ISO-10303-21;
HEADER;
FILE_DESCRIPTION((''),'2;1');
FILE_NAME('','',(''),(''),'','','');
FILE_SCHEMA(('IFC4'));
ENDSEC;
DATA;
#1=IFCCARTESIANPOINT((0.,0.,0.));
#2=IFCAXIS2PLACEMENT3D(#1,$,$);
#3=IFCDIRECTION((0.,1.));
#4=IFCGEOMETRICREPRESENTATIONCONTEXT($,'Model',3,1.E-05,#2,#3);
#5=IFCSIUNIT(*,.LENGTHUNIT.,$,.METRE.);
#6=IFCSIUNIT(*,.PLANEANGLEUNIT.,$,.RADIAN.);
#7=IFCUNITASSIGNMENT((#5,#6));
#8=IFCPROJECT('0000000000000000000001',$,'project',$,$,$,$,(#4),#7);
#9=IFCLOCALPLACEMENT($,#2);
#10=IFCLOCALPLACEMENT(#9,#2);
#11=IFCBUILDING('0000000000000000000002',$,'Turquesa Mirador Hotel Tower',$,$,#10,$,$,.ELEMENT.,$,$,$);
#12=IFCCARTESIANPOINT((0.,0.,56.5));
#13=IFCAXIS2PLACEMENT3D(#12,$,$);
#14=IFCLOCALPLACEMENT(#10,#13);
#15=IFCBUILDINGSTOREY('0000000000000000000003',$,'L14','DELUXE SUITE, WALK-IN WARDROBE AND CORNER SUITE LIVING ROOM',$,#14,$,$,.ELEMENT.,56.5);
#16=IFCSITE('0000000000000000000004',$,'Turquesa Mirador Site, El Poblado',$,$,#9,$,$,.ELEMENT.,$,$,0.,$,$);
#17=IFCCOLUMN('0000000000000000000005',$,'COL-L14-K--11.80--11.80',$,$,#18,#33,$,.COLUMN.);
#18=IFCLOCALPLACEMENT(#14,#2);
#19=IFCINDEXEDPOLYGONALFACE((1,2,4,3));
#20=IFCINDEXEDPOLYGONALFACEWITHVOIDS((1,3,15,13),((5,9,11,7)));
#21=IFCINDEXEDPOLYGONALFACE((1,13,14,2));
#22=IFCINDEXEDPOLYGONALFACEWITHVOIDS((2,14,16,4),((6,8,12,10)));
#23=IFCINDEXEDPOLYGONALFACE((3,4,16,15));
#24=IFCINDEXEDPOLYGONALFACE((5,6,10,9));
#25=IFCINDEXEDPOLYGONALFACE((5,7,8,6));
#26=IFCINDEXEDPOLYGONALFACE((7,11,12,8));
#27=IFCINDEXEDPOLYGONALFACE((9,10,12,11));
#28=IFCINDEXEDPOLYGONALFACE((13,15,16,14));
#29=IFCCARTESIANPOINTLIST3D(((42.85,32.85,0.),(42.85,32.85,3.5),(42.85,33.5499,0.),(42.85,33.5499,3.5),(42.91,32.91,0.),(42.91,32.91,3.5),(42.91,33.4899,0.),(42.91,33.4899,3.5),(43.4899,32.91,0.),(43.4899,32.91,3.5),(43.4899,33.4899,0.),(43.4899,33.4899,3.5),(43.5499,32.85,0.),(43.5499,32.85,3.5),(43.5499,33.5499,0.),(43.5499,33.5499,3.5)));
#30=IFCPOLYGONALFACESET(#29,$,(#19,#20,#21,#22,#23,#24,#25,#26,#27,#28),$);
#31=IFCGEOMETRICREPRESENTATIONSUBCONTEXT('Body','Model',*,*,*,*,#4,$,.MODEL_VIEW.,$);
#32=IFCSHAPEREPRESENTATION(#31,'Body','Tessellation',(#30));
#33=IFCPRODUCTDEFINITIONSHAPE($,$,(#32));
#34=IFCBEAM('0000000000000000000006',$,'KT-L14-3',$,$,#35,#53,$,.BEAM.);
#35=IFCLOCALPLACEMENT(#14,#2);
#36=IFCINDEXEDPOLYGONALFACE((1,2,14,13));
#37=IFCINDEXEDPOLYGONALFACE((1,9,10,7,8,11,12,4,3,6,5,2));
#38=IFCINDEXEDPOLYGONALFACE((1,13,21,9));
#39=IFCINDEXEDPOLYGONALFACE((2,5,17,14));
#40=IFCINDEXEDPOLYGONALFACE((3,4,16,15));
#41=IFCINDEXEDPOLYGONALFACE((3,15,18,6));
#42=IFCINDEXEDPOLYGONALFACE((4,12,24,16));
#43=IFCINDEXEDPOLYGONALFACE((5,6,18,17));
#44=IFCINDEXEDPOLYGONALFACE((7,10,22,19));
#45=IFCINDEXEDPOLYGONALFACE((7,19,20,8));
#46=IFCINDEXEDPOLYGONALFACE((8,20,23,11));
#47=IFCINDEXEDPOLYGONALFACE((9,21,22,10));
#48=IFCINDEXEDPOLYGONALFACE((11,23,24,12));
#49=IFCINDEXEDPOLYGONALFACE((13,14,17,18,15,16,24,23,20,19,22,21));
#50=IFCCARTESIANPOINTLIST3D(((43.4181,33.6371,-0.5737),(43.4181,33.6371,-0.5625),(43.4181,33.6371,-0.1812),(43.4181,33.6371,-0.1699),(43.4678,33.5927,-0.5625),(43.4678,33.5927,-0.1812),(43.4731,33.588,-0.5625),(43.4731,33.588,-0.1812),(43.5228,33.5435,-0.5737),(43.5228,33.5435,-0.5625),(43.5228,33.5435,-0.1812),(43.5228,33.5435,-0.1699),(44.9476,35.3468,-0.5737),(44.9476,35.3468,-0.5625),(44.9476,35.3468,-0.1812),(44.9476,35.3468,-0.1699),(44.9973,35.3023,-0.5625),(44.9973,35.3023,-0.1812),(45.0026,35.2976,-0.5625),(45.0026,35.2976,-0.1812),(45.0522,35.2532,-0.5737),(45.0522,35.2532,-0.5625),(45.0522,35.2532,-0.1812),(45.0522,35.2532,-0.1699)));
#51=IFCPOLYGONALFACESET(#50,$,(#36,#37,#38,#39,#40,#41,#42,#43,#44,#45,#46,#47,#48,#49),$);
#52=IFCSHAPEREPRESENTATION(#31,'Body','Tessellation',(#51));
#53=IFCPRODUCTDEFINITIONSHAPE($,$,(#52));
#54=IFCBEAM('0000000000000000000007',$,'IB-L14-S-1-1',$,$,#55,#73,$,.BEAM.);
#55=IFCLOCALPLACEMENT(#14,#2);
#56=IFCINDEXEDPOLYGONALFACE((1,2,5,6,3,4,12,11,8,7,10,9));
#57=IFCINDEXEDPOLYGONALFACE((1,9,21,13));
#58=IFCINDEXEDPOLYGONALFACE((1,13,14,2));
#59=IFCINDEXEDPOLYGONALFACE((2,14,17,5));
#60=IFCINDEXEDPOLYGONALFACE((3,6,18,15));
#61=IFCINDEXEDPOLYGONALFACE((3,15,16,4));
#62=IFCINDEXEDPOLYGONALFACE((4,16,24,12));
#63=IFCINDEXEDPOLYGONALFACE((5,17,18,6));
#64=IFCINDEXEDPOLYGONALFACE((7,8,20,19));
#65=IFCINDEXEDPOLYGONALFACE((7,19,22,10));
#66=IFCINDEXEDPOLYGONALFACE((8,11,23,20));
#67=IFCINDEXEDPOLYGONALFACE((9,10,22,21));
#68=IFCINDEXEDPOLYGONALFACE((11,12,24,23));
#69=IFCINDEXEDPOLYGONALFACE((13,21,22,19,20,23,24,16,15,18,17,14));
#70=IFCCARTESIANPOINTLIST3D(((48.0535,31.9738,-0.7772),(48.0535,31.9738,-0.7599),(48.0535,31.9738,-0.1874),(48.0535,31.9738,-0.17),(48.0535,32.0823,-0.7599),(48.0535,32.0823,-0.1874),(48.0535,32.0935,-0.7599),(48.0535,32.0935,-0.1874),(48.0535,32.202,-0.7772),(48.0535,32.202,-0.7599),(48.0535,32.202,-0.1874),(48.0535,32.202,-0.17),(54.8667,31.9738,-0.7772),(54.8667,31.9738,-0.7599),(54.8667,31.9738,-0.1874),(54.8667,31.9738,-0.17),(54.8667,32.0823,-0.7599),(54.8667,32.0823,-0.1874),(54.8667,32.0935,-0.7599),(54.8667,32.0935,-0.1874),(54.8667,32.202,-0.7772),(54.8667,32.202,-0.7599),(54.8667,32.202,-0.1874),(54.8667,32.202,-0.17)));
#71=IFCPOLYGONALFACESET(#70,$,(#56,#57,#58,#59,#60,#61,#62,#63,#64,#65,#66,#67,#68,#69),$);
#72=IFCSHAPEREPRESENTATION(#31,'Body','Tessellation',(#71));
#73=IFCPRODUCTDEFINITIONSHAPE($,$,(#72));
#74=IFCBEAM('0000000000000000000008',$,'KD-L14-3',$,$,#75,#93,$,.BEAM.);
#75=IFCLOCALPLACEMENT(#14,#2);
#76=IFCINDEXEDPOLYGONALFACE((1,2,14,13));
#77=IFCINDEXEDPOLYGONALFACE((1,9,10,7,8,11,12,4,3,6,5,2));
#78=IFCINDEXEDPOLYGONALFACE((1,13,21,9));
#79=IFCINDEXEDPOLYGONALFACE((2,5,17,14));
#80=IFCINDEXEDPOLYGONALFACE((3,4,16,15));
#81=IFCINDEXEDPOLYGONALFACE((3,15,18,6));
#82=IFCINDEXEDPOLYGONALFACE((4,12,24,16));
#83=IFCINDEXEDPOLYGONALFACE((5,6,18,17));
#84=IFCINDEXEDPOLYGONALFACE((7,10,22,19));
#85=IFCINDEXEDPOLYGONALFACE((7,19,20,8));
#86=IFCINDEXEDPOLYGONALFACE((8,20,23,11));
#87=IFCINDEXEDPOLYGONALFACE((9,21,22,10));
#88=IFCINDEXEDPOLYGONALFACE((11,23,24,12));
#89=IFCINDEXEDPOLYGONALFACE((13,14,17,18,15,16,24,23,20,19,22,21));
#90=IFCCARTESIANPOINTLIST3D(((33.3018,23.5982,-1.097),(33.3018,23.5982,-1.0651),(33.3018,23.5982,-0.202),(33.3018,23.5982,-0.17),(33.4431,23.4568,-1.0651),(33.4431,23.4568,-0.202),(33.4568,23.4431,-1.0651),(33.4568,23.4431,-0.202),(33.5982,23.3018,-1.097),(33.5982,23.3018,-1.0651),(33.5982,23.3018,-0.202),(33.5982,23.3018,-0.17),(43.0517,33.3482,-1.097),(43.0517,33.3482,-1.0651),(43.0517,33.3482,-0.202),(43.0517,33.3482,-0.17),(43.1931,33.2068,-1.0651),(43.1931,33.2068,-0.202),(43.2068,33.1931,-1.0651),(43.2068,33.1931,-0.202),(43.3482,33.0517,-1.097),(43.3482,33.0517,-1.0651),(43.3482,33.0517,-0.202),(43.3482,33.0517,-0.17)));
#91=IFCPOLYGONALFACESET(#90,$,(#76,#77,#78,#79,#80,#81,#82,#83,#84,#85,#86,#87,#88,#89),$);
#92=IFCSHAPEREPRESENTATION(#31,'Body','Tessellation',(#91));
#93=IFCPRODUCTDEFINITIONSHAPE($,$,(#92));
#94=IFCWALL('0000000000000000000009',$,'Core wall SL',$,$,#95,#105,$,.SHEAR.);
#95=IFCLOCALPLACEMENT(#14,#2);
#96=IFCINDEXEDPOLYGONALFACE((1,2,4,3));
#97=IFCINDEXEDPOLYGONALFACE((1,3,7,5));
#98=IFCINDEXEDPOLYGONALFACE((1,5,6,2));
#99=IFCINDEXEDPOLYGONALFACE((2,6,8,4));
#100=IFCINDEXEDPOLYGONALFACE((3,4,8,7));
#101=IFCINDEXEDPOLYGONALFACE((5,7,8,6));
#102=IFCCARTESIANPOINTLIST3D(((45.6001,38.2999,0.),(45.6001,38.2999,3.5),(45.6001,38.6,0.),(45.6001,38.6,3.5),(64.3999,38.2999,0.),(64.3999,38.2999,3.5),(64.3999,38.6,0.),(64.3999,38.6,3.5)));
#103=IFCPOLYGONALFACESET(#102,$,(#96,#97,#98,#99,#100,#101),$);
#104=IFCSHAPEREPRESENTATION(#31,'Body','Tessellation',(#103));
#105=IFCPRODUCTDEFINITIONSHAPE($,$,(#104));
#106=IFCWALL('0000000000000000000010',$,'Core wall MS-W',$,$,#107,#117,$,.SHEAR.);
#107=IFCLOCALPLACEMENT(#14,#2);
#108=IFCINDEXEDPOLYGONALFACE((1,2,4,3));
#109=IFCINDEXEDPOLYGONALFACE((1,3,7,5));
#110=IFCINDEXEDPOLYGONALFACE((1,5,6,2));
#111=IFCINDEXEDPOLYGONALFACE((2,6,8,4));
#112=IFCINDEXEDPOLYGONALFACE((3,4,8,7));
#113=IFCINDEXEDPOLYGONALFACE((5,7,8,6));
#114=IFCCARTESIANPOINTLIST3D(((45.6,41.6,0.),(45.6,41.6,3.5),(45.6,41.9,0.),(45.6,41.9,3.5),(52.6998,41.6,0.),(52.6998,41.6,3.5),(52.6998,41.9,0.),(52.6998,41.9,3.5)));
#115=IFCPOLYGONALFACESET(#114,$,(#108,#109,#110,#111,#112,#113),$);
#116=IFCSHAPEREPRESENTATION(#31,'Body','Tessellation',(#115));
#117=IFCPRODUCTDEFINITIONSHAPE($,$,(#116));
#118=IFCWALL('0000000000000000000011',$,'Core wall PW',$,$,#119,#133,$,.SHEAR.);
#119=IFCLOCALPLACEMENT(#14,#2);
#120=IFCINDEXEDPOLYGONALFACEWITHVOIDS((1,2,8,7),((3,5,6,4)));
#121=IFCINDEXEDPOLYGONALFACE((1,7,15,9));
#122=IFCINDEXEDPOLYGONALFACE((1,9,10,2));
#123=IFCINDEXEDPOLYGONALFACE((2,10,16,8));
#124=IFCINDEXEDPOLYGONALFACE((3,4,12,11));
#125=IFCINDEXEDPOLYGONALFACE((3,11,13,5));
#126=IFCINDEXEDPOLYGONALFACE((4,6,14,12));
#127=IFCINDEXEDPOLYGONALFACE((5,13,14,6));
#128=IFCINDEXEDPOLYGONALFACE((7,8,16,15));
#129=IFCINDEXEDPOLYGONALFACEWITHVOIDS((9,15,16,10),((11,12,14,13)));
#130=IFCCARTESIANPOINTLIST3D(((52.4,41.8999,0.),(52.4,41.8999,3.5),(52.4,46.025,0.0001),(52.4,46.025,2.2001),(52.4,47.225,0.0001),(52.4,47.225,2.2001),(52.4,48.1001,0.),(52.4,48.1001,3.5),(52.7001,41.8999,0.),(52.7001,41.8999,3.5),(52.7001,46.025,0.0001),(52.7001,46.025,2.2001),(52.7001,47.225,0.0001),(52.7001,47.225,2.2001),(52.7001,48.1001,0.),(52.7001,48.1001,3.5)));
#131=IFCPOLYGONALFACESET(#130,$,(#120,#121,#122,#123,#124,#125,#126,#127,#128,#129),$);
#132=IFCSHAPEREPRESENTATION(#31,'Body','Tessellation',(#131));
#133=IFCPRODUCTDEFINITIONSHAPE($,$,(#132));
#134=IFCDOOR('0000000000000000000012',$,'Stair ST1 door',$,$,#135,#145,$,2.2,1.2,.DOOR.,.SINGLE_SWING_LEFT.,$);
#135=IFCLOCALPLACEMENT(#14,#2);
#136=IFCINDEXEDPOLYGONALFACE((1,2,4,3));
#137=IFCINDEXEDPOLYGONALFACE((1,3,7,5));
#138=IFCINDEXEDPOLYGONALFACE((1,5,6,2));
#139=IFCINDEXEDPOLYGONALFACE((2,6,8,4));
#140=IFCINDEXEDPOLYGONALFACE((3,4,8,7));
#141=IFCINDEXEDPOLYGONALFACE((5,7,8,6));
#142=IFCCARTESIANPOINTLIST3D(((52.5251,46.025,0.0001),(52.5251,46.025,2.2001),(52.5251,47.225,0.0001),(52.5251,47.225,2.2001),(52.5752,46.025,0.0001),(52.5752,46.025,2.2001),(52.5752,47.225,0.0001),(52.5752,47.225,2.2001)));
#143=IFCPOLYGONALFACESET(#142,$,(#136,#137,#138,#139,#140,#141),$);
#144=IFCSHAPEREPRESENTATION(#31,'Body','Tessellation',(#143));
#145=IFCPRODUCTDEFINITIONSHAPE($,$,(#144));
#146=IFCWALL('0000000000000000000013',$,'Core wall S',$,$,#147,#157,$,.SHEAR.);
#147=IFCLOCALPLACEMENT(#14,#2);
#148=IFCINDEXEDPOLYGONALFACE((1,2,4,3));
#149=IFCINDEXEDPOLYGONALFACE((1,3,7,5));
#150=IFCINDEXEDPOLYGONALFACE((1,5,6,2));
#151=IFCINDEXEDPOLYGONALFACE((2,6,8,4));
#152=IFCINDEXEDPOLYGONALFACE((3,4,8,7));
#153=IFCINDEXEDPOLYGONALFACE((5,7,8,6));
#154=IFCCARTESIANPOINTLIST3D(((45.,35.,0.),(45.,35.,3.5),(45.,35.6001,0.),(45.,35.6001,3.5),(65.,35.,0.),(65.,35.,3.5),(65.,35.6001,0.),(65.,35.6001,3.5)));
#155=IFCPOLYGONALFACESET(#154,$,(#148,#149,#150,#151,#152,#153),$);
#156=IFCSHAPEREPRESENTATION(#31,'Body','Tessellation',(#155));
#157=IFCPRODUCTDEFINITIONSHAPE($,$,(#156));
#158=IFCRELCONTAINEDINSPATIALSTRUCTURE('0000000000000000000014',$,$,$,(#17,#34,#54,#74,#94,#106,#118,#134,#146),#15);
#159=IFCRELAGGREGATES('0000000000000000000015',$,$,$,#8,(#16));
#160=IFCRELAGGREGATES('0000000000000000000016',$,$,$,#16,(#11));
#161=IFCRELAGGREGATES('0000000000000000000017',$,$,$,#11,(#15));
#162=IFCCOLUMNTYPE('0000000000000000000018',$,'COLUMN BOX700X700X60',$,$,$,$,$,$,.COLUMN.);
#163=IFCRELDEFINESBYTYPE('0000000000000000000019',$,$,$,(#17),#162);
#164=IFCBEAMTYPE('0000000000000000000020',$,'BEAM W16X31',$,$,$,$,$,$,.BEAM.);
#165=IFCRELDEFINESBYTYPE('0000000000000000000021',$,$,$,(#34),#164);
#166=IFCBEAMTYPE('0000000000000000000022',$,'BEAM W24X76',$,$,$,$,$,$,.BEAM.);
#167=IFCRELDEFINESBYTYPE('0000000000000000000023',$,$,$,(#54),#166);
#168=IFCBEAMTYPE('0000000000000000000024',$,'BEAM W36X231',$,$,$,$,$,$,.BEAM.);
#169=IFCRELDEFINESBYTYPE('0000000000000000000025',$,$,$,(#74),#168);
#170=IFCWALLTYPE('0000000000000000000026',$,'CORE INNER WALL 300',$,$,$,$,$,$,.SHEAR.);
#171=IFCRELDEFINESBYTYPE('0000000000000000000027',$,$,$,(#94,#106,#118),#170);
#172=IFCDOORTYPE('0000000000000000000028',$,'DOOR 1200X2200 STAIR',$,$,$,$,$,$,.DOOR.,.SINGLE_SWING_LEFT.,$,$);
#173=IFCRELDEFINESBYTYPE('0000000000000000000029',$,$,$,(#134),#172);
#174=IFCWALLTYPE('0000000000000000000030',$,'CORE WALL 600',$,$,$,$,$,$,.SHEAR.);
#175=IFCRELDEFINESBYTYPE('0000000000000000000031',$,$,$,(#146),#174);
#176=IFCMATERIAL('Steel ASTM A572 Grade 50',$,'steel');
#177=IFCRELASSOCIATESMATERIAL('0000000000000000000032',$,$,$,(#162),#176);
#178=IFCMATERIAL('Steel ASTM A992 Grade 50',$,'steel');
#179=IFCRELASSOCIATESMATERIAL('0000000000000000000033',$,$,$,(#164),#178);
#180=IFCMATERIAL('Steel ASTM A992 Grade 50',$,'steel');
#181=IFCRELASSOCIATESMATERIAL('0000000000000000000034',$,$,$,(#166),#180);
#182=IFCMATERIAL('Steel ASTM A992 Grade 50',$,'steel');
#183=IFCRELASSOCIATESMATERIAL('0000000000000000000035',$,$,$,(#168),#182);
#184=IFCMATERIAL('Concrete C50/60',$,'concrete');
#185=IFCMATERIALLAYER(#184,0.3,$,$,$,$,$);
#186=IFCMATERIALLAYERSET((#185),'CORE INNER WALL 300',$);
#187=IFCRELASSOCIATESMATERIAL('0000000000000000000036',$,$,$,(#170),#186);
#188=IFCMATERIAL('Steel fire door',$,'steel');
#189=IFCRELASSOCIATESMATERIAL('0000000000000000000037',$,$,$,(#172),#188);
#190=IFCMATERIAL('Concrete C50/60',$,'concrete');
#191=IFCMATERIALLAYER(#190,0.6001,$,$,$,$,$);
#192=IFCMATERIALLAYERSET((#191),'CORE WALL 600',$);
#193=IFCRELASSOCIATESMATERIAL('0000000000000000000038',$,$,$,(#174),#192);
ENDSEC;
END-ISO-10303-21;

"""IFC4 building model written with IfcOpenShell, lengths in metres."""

from ifc_helpers import new_model, si_unit, direction, frame, frame_2d, origin, origin_2d, place, context, subcontext, project, spatial, rectangle, hollow_rectangle, i_section, extrude, material, layer, layer_set, material_profile, profile_set, type_object, element, fill, save


model = new_model("IFC4")

# Units and contexts
model_context = context("Model", 3, precision=1e-05, world=origin(), true_north=direction((0.0, 1.0)))
body_context = subcontext(model_context, "Body", "Model", "MODEL_VIEW")
ifc_project = project(units=[si_unit("LENGTHUNIT", "METRE"), si_unit("PLANEANGLEUNIT", "RADIAN")], contexts=[model_context])

# Site, building, storey
site_placement = place(None, origin())
site = spatial("IfcSite", under=ifc_project, at=site_placement, Name="Turquesa Mirador Site, El Poblado", CompositionType="ELEMENT", RefElevation=0.0)
building_placement = place(site_placement, origin())
building = spatial("IfcBuilding", under=site, at=building_placement, Name="Turquesa Mirador Hotel Tower", CompositionType="ELEMENT")
storey_placement = place(building_placement, frame((0.0, 0.0, 56.5)))
storey = spatial("IfcBuildingStorey", under=building, at=storey_placement, Name="L14", Description="DELUXE SUITE, WALK-IN WARDROBE AND CORNER SUITE LIVING ROOM", CompositionType="ELEMENT", Elevation=56.5)

# Column
ifc_material_1 = material(Name="Steel ASTM A572 Grade 50", Category="steel")
ifc_material_profile_1 = material_profile(ifc_material_1, hollow_rectangle(XDim=0.7, YDim=0.7, WallThickness=0.0601, at=origin_2d()), Name="BOX700X700X60")
ifc_profile_set_1 = profile_set([ifc_material_profile_1], Name="Steel ASTM A572 Grade 50")
column_type = type_object("IfcColumnType", Name="COLUMN BOX700X700X60", PredefinedType="COLUMN", material=ifc_profile_set_1)
column_placement = place(storey_placement, frame((43.2, 33.2, 0.0), z_axis=(0.0, 0.0, 1.0), x_axis=(1.0, 0.0, 0.0)))
element("IfcColumn", 1, at=column_placement, inside=storey, type_object=column_type, Name="COL-L14-K--11.80--11.80", PredefinedType="COLUMN", context=body_context, shape_type="SweptSolid", body=[
    extrude(hollow_rectangle(XDim=0.7, YDim=0.7, WallThickness=0.0601, at=origin_2d()), origin(), (0.0, 0.0, 1.0), 3.5),
])

# Beams
ifc_material_2 = material(Name="Steel ASTM A992 Grade 50", Category="steel")
ifc_material_profile_2 = material_profile(ifc_material_2, i_section(OverallWidth=0.1404, OverallDepth=0.4038, WebThickness=0.0071, FlangeThickness=0.0112, at=origin_2d()), Name="W16X31")
ifc_profile_set_2 = profile_set([ifc_material_profile_2], Name="Steel ASTM A992 Grade 50")
beam_type_1 = type_object("IfcBeamType", Name="BEAM W16X31", PredefinedType="BEAM", material=ifc_profile_set_2)
beam_1_placement = place(storey_placement, frame((43.4705, 33.5903, -0.3718), z_axis=(0.666745, 0.745286, 0.0), x_axis=(-0.745286, 0.666745, 0.0)))
element("IfcBeam", 2, at=beam_1_placement, inside=storey, type_object=beam_type_1, Name="KT-L14-3", PredefinedType="BEAM", context=body_context, shape_type="SweptSolid", body=[
    extrude(i_section(OverallWidth=0.1404, OverallDepth=0.4038, WebThickness=0.0071, FlangeThickness=0.0112, at=origin_2d()), origin(), (0.0, 0.0, 1.0), 2.2939),
])
ifc_material_3 = material(Name="Steel ASTM A992 Grade 50", Category="steel")
ifc_material_profile_3 = material_profile(ifc_material_3, i_section(OverallWidth=0.2283, OverallDepth=0.6072, WebThickness=0.0112, FlangeThickness=0.0173, at=origin_2d()), Name="W24X76")
ifc_profile_set_3 = profile_set([ifc_material_profile_3], Name="Steel ASTM A992 Grade 50")
beam_type_2 = type_object("IfcBeamType", Name="BEAM W24X76", PredefinedType="BEAM", material=ifc_profile_set_3)
beam_2_placement = place(storey_placement, frame((48.0535, 32.0879, -0.4736), z_axis=(1.0, 0.0, 0.0), x_axis=(0.0, 1.0, 0.0)))
element("IfcBeam", 3, at=beam_2_placement, inside=storey, type_object=beam_type_2, Name="IB-L14-S-1-1", PredefinedType="BEAM", context=body_context, shape_type="SweptSolid", body=[
    extrude(i_section(OverallWidth=0.2283, OverallDepth=0.6072, WebThickness=0.0112, FlangeThickness=0.0173, at=origin_2d()), origin(), (0.0, 0.0, 1.0), 6.8132),
])
ifc_material_4 = material(Name="Steel ASTM A992 Grade 50", Category="steel")
ifc_material_profile_4 = material_profile(ifc_material_4, i_section(OverallWidth=0.4192, OverallDepth=0.927, WebThickness=0.0193, FlangeThickness=0.032, at=origin_2d()), Name="W36X231")
ifc_profile_set_4 = profile_set([ifc_material_profile_4], Name="Steel ASTM A992 Grade 50")
beam_type_3 = type_object("IfcBeamType", Name="BEAM W36X231", PredefinedType="BEAM", material=ifc_profile_set_4)
beam_3_placement = place(storey_placement, frame((43.2, 33.2, -0.6335), z_axis=(-0.707107, -0.707107, 0.0), x_axis=(0.707107, -0.707107, 0.0)))
element("IfcBeam", 4, at=beam_3_placement, inside=storey, type_object=beam_type_3, Name="KD-L14-3", PredefinedType="BEAM", context=body_context, shape_type="SweptSolid", body=[
    extrude(i_section(OverallWidth=0.4192, OverallDepth=0.927, WebThickness=0.0193, FlangeThickness=0.032, at=origin_2d()), origin(), (0.0, 0.0, 1.0), 13.7886),
])

# Walls
ifc_material_5 = material(Name="Concrete C50/60", Category="concrete")
ifc_layer_1 = layer(ifc_material_5, 0.3)
ifc_layer_set_1 = layer_set([ifc_layer_1], Name="CORE INNER WALL 300")
wall_type_1 = type_object("IfcWallType", Name="CORE INNER WALL 300", PredefinedType="SHEAR", material=ifc_layer_set_1)
wall_1_placement = place(storey_placement, frame((45.6001, 38.45, 0.0), z_axis=(0.0, 0.0, 1.0), x_axis=(1.0, 0.0, 0.0)))
element("IfcWall", 5, at=wall_1_placement, inside=storey, type_object=wall_type_1, Name="Core wall SL", PredefinedType="SHEAR", context=body_context, shape_type="SweptSolid", body=[
    extrude(rectangle(XDim=18.7998, YDim=0.3, at=frame_2d((9.3999, 0.0))), origin(), (0.0, 0.0, 1.0), 3.5),
])
wall_2_placement = place(storey_placement, frame((45.6001, 41.75, 0.0), z_axis=(0.0, 0.0, 1.0), x_axis=(1.0, 0.0, 0.0)))
element("IfcWall", 6, at=wall_2_placement, inside=storey, type_object=wall_type_1, Name="Core wall MS-W", PredefinedType="SHEAR", context=body_context, shape_type="SweptSolid", body=[
    extrude(rectangle(XDim=7.0999, YDim=0.3, at=frame_2d((3.5498, 0.0))), origin(), (0.0, 0.0, 1.0), 3.5),
])

# Wall, opening, door
wall_3_placement = place(storey_placement, frame((52.55, 41.8999, 0.0), z_axis=(0.0, 0.0, 1.0), x_axis=(0.0, 1.0, 0.0)))
wall_3 = element("IfcWall", 7, at=wall_3_placement, inside=storey, type_object=wall_type_1, Name="Core wall PW", PredefinedType="SHEAR", context=body_context, shape_type="SweptSolid", body=[
    extrude(rectangle(XDim=6.2002, YDim=0.3, at=frame_2d((3.1001, 0.0))), origin(), (0.0, 0.0, 1.0), 3.5),
])
opening_1_placement = place(wall_3_placement, frame((4.125, 0.0, 0.0)))
opening_1 = element("IfcOpeningElement", 8, at=opening_1_placement, cuts=wall_3, PredefinedType="OPENING", context=body_context, shape_type="SweptSolid", body=[
    extrude(rectangle(XDim=1.2, YDim=2.2, at=frame_2d((0.6001, 1.1001))), frame((0.0, 0.1599, 0.0), z_axis=(0.0, -1.0, 0.0), x_axis=(1.0, 0.0, 0.0)), (0.0, 0.0, 1.0), 0.3201),
])
ifc_material_6 = material(Name="Steel fire door", Category="steel")
door_type_1 = type_object("IfcDoorType", Name="DOOR 1200X2200 STAIR", OperationType="SINGLE_SWING_LEFT", PredefinedType="DOOR", material=ifc_material_6)
door_1_placement = place(opening_1_placement, origin())
door_1 = element("IfcDoor", 9, at=door_1_placement, inside=storey, type_object=door_type_1, Name="Stair ST1 door", OperationType="SINGLE_SWING_LEFT", OverallHeight=2.2, OverallWidth=1.2, PredefinedType="DOOR", context=body_context, shape_type="SweptSolid", body=[
    extrude(rectangle(XDim=1.2, YDim=2.2, at=frame_2d((0.6001, 1.1001))), frame((0.0, 0.0249, 0.0), z_axis=(0.0, -1.0, 0.0), x_axis=(1.0, 0.0, 0.0)), (0.0, 0.0, 1.0), 0.05),
])
fill(opening_1, door_1)

# Wall
ifc_material_7 = material(Name="Concrete C50/60", Category="concrete")
ifc_layer_2 = layer(ifc_material_7, 0.6001)
ifc_layer_set_2 = layer_set([ifc_layer_2], Name="CORE WALL 600")
wall_type_2 = type_object("IfcWallType", Name="CORE WALL 600", PredefinedType="SHEAR", material=ifc_layer_set_2)
wall_4_placement = place(storey_placement, frame((45.0, 35.3, 0.0), z_axis=(0.0, 0.0, 1.0), x_axis=(1.0, 0.0, 0.0)))
element("IfcWall", 10, at=wall_4_placement, inside=storey, type_object=wall_type_2, Name="Core wall S", PredefinedType="SHEAR", context=body_context, shape_type="SweptSolid", body=[
    extrude(rectangle(XDim=20.0, YDim=0.6001, at=frame_2d((10.0, 0.0))), origin(), (0.0, 0.0, 1.0), 3.5),
])

save(model, "model.ifc")
